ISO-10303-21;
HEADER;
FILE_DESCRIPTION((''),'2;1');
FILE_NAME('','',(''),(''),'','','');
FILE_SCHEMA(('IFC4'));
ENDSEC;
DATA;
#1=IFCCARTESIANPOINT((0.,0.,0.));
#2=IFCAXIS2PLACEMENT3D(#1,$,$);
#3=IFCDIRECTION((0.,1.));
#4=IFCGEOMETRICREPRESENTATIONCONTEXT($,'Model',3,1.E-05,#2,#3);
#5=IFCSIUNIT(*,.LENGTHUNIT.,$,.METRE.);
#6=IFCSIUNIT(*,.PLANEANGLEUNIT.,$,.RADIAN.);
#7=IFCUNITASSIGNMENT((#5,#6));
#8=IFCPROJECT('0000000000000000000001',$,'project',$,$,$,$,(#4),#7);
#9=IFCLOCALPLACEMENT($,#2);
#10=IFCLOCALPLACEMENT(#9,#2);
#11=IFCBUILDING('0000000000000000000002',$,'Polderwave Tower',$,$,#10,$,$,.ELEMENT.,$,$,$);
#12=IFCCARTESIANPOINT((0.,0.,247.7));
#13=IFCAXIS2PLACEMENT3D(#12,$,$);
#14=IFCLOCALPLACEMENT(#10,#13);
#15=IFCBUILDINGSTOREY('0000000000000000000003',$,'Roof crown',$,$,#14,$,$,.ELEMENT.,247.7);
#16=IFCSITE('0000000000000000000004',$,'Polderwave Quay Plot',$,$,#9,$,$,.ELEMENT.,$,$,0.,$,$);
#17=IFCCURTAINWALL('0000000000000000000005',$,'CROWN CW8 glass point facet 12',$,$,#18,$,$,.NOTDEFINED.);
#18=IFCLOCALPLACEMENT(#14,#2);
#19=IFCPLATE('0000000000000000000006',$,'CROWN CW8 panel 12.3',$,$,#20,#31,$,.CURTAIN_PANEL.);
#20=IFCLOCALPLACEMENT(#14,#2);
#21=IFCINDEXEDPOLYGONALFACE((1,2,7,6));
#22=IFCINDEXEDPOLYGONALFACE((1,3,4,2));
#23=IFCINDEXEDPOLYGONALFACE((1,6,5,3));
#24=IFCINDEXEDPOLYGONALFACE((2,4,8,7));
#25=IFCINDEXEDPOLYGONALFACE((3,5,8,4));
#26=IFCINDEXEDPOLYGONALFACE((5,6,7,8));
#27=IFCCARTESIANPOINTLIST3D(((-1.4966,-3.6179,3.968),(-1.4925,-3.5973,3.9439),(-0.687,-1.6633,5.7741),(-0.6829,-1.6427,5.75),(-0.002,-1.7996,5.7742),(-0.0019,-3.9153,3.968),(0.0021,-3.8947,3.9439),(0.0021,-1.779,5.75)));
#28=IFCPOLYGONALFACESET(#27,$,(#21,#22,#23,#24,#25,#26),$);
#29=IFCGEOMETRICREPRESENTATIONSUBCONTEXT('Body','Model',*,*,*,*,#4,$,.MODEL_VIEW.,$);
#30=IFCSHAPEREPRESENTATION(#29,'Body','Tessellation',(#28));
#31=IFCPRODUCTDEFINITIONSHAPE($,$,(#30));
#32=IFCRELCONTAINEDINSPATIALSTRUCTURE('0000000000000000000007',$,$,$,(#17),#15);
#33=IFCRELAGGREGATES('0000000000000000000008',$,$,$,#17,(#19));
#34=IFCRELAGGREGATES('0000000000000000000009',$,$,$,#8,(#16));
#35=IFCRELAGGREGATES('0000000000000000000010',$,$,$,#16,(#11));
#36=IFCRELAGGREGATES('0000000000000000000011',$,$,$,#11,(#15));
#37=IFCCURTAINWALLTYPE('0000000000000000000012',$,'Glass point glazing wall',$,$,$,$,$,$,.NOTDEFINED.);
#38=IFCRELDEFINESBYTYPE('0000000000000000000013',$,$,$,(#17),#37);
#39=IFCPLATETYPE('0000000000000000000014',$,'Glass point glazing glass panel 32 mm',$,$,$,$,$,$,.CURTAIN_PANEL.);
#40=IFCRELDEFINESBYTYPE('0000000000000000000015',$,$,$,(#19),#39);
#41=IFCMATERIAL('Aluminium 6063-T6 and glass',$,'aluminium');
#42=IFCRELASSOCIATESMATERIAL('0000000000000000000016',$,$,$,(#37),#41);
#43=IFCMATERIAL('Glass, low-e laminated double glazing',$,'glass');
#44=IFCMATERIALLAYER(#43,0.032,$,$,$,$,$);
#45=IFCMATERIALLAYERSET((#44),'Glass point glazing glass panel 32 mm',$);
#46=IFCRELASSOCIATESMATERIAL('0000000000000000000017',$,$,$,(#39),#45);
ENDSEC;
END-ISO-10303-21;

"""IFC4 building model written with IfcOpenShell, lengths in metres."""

from ifc_helpers import new_model, si_unit, direction, frame, origin, place, context, subcontext, project, spatial, polyline, outline, extrude, material, layer, layer_set, type_object, element, aggregate, save


model = new_model("IFC4")

# Units and contexts
model_context = context("Model", 3, precision=1e-05, world=origin(), true_north=direction((0.0, 1.0)))
body_context = subcontext(model_context, "Body", "Model", "MODEL_VIEW")
ifc_project = project(units=[si_unit("LENGTHUNIT", "METRE"), si_unit("PLANEANGLEUNIT", "RADIAN")], contexts=[model_context])

# Site, building, storey
site_placement = place(None, origin())
site = spatial("IfcSite", under=ifc_project, at=site_placement, Name="Polderwave Quay Plot", CompositionType="ELEMENT", RefElevation=0.0)
building_placement = place(site_placement, origin())
building = spatial("IfcBuilding", under=site, at=building_placement, Name="Polderwave Tower", CompositionType="ELEMENT")
storey_placement = place(building_placement, frame((0.0, 0.0, 247.7)))
storey = spatial("IfcBuildingStorey", under=building, at=storey_placement, Name="Roof crown", CompositionType="ELEMENT", Elevation=247.7)

# Curtain wall
ifc_material_1 = material(Name="Aluminium 6063-T6 and glass", Category="aluminium")
curtain_wall_type = type_object("IfcCurtainWallType", Name="Glass point glazing wall", PredefinedType="NOTDEFINED", material=ifc_material_1)
curtain_wall_1_placement = place(storey_placement, origin())
curtain_wall_1 = element("IfcCurtainWall", 1, at=curtain_wall_1_placement, inside=storey, type_object=curtain_wall_type, Name="CROWN CW8 glass point facet 12", PredefinedType="NOTDEFINED")

# Plate
ifc_material_2 = material(Name="Glass, low-e laminated double glazing", Category="glass")
ifc_layer_1 = layer(ifc_material_2, 0.032)
ifc_layer_set_1 = layer_set([ifc_layer_1], Name="Glass point glazing glass panel 32 mm")
plate_type_1 = type_object("IfcPlateType", Name="Glass point glazing glass panel 32 mm", PredefinedType="CURTAIN_PANEL", material=ifc_layer_set_1)
plate_1_placement = place(storey_placement, frame((-1.4966, -3.6179, 3.968), z_axis=(-0.128094, -0.643931, 0.754284), x_axis=(0.98078, -0.195118, -0.000014)))
plate_1 = element("IfcPlate", 2, at=plate_1_placement, type_object=plate_type_1, Name="CROWN CW8 panel 12.3", PredefinedType="CURTAIN_PANEL", context=body_context, shape_type="SweptSolid", body=[
    extrude(outline(polyline([(0.0, 0.0), (1.5239, 0.0), (1.1111, 2.751), (0.4126, 2.751), (0.0, 0.0)])), origin(), (0.0, 0.0, -1.0), 0.032),
])
aggregate(curtain_wall_1, [plate_1])

save(model, "model.ifc")
